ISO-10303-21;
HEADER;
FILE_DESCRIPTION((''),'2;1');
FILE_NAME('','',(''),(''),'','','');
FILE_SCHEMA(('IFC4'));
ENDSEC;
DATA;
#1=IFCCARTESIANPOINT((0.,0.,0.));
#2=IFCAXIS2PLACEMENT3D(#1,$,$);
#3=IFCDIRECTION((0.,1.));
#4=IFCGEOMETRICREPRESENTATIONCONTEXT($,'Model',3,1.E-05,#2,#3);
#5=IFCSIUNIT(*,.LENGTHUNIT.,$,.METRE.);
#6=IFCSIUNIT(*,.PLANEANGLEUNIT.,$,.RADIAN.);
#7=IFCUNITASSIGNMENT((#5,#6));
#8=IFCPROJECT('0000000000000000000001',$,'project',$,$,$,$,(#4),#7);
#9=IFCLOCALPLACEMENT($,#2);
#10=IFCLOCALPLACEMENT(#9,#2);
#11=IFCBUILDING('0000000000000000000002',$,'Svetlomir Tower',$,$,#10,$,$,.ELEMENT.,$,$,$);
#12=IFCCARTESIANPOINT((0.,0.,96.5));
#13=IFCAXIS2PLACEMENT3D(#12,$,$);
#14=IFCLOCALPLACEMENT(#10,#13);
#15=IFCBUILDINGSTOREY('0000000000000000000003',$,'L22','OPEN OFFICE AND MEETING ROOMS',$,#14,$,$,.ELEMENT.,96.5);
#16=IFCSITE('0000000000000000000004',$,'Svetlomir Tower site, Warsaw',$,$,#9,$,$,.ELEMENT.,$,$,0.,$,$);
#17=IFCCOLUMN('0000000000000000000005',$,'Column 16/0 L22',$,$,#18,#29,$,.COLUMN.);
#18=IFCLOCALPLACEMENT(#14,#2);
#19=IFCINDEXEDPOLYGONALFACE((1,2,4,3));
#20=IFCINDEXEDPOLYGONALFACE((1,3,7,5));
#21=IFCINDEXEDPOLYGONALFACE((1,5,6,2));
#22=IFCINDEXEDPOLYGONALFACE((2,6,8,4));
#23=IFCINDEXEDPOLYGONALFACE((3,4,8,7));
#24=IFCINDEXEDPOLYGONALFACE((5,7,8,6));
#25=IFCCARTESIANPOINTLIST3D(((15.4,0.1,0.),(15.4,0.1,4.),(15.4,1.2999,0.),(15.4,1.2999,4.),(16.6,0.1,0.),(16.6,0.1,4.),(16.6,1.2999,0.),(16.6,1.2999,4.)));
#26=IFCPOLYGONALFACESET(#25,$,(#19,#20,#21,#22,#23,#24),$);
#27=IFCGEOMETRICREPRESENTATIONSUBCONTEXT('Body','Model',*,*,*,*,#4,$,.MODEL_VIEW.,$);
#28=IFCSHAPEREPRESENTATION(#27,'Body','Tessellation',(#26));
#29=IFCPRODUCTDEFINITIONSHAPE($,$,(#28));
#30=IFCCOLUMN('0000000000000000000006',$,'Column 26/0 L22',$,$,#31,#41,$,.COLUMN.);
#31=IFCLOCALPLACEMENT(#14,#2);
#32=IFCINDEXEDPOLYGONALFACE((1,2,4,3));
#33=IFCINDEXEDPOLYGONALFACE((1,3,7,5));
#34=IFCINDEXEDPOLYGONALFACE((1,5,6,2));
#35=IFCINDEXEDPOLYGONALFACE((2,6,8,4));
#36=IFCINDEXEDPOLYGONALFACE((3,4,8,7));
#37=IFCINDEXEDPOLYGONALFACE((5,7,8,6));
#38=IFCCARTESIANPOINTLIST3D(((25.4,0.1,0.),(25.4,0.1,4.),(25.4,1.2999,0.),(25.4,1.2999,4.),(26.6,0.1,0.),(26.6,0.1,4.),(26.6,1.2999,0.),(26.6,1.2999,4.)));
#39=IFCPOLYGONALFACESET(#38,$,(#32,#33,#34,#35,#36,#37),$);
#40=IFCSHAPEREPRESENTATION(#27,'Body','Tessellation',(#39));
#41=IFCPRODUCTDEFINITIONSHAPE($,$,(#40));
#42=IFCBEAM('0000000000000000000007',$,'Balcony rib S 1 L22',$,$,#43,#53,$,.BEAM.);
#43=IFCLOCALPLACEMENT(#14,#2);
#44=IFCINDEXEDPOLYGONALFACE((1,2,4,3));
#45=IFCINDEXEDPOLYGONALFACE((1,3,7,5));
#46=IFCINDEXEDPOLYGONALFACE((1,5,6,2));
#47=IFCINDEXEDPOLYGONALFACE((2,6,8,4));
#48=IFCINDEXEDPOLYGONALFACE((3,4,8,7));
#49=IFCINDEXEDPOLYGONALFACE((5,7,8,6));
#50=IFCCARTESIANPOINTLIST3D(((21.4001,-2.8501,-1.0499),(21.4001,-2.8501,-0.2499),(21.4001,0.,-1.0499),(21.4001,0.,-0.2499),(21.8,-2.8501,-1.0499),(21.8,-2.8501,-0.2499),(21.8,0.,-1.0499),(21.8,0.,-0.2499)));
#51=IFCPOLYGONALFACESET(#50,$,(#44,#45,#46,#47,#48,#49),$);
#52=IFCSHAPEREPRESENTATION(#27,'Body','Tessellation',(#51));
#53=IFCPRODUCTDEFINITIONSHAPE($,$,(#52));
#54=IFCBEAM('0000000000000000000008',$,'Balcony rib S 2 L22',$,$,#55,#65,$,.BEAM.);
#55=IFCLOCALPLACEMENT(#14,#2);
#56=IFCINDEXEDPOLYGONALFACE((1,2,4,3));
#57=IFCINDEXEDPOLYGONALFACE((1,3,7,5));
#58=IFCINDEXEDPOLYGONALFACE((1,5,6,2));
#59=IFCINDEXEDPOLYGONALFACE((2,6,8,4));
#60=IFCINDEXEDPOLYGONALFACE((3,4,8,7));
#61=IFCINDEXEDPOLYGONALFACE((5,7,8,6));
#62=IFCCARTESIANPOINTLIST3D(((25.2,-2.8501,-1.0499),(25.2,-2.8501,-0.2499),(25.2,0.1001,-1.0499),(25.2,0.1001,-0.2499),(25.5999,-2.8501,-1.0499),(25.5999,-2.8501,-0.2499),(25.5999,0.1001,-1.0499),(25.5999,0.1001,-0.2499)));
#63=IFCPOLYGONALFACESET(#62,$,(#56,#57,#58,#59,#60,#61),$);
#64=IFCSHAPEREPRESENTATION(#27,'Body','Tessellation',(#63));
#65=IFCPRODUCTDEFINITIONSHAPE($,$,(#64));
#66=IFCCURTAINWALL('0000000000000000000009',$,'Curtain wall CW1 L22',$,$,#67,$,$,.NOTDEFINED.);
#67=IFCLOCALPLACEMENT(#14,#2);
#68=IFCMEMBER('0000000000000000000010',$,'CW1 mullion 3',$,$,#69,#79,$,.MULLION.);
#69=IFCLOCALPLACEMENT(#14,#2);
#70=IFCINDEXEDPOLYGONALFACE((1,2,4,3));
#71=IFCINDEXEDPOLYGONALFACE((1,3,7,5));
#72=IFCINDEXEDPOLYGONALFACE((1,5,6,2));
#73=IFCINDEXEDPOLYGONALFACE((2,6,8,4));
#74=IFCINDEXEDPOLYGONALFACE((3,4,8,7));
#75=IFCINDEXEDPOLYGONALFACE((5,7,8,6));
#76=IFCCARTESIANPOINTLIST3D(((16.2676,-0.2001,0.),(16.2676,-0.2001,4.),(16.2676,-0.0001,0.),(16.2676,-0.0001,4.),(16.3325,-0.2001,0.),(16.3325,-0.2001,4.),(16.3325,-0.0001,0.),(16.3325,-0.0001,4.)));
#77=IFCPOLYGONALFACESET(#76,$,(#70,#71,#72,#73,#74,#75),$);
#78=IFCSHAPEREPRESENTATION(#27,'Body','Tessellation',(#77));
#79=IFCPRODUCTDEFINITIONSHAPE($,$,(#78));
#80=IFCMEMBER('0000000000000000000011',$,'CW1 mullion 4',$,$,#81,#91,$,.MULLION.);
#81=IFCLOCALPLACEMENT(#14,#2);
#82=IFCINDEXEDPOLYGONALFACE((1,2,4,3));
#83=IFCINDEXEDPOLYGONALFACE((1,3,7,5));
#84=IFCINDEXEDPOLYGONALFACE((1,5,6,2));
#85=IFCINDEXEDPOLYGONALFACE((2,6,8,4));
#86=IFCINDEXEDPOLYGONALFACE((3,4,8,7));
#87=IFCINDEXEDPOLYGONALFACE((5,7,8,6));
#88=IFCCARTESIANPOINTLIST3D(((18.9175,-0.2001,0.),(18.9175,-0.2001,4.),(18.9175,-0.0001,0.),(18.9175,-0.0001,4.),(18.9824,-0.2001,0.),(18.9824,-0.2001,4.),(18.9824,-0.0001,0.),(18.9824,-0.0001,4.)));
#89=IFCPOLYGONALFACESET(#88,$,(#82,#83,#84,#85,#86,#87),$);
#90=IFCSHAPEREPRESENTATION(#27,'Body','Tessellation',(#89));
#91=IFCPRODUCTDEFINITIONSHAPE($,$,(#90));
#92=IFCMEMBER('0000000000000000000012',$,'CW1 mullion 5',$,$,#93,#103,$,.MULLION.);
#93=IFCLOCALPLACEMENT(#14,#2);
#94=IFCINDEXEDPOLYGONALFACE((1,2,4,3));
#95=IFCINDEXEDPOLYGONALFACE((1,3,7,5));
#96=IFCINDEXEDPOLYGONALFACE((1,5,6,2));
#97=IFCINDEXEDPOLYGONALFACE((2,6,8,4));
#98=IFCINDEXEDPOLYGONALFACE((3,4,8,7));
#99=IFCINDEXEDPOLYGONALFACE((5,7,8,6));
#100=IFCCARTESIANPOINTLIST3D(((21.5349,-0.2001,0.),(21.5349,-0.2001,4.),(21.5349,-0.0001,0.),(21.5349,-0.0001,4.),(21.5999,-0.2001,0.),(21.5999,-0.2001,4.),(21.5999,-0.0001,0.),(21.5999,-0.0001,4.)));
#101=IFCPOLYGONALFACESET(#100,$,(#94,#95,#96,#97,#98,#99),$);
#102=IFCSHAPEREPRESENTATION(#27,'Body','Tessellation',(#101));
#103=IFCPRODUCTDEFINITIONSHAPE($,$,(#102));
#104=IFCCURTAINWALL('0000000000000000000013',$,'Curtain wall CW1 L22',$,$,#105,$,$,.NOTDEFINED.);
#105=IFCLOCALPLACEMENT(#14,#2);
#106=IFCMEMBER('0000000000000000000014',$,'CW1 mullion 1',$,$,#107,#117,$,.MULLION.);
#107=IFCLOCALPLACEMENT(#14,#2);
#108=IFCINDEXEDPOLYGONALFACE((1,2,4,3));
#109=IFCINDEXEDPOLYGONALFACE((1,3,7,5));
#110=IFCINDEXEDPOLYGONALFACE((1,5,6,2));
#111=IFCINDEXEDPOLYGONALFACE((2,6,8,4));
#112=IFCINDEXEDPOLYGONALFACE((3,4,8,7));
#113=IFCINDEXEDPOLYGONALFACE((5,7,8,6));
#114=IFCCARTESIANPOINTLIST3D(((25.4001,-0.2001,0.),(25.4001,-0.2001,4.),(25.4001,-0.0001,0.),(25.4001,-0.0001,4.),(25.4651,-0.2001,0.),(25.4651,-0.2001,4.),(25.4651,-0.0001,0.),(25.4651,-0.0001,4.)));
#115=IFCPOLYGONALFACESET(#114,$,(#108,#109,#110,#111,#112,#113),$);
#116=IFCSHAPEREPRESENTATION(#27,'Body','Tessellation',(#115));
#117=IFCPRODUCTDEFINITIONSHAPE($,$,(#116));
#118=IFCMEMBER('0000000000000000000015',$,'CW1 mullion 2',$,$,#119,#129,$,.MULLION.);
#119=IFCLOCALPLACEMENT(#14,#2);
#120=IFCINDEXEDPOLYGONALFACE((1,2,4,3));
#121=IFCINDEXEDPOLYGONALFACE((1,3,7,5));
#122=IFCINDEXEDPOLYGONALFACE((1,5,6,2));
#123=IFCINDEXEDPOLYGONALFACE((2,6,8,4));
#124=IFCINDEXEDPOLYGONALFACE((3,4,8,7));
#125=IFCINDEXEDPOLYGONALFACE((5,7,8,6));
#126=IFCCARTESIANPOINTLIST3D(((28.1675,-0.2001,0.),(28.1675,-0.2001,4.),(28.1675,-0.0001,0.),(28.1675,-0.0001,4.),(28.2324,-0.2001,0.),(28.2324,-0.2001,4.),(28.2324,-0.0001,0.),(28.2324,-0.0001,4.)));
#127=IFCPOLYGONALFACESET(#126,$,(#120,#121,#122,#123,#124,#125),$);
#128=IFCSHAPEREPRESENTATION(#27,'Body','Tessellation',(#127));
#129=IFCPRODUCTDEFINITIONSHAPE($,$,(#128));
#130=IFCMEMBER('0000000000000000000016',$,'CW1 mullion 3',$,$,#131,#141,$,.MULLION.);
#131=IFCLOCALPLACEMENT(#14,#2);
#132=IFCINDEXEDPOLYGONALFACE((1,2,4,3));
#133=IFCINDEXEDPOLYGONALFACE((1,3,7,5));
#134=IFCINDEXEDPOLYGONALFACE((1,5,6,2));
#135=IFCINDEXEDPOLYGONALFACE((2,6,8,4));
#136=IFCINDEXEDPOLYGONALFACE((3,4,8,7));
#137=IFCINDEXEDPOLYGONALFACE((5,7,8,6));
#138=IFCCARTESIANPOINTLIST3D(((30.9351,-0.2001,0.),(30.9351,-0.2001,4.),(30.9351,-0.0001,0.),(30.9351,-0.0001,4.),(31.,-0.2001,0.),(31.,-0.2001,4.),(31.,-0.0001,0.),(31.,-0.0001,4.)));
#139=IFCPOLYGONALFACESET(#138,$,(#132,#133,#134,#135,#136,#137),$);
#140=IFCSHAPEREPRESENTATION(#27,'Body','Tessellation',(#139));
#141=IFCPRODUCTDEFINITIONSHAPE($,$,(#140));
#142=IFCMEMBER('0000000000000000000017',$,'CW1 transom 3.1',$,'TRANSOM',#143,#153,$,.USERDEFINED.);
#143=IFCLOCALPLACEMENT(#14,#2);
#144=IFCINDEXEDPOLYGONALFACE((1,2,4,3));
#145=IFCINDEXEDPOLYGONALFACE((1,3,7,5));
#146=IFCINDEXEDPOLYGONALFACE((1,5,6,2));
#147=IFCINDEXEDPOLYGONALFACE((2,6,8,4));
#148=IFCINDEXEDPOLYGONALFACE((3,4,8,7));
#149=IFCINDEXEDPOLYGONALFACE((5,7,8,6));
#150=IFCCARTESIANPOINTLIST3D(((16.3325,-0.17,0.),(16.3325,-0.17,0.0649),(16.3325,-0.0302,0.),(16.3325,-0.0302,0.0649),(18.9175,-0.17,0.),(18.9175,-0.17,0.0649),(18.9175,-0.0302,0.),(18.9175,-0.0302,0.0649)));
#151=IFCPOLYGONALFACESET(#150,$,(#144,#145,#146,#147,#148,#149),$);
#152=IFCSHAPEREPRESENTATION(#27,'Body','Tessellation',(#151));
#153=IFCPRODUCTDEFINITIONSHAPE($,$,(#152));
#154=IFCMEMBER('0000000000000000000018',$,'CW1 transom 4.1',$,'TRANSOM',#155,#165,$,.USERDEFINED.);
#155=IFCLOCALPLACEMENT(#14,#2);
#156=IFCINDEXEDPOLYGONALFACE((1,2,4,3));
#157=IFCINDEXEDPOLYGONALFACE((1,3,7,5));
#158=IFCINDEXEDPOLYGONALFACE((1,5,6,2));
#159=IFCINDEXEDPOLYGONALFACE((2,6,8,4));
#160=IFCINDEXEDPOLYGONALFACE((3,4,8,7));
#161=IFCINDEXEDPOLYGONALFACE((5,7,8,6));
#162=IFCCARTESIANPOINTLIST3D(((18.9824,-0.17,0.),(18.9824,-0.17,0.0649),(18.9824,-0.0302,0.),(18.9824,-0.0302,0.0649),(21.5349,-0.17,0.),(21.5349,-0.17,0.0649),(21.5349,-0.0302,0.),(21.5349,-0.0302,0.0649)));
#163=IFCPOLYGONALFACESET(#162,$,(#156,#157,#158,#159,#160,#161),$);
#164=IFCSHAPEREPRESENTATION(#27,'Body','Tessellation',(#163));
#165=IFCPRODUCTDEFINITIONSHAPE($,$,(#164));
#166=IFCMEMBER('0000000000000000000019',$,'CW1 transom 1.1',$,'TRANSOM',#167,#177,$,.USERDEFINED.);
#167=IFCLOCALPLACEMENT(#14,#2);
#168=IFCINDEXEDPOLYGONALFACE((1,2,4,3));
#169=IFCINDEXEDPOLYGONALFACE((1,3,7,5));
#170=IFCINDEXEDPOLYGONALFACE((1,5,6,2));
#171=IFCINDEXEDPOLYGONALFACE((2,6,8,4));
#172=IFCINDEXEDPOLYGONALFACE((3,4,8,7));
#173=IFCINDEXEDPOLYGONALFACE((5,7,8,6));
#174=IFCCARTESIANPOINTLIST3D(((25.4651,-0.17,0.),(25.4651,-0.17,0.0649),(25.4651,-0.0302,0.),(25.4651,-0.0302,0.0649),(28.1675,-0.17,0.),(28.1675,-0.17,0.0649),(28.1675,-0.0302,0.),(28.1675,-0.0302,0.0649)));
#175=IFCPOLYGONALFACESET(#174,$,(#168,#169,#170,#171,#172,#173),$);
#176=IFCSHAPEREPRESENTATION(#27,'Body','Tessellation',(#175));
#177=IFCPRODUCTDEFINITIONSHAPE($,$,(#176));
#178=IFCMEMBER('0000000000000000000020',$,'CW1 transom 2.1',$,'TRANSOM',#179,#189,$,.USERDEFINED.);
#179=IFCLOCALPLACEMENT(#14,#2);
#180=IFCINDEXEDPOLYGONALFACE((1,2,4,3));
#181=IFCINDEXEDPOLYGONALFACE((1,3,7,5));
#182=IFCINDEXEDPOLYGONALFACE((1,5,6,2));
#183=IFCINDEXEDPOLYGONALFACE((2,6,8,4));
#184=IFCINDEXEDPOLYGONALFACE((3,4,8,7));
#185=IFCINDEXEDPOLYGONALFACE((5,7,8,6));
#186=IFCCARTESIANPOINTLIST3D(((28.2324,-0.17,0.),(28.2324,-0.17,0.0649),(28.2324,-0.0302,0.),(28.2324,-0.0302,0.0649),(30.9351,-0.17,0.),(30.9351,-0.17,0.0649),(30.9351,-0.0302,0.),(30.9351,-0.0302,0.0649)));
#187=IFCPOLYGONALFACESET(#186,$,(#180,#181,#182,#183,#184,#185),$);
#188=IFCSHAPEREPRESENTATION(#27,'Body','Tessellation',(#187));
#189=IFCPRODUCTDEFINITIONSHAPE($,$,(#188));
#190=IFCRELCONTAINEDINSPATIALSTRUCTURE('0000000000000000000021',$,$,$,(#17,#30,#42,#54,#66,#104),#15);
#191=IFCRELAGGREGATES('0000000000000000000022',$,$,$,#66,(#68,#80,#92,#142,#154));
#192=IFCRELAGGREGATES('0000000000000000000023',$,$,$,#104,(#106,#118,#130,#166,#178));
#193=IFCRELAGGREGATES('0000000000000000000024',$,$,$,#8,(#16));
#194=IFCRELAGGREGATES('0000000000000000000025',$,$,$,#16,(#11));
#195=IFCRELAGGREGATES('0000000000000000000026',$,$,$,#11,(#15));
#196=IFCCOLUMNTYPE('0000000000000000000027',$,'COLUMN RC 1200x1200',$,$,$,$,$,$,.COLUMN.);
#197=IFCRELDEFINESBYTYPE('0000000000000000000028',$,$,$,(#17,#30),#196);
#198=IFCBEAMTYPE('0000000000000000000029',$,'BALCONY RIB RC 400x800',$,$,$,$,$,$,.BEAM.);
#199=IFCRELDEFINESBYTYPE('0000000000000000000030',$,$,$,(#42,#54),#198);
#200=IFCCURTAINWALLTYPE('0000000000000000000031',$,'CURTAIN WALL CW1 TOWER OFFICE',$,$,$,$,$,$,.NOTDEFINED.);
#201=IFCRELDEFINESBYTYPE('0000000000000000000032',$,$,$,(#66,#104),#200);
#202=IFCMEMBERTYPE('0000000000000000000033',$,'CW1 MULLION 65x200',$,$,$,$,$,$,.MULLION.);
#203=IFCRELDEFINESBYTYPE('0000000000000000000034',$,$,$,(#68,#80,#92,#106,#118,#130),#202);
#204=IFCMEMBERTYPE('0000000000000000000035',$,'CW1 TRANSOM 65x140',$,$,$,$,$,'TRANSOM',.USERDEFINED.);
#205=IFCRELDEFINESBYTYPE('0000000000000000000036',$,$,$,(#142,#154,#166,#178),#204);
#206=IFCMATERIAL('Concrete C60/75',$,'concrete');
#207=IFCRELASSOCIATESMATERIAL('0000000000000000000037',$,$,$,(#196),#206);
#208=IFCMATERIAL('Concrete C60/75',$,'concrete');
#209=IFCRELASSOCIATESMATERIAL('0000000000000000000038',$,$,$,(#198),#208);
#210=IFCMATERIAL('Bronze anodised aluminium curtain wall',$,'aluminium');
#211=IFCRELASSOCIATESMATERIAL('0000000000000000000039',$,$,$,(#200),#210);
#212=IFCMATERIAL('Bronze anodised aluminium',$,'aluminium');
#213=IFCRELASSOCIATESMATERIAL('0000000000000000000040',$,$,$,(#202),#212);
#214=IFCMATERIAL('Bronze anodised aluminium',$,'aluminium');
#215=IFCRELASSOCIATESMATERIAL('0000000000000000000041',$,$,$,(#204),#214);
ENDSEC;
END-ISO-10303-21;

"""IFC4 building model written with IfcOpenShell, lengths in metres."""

from ifc_helpers import new_model, si_unit, direction, frame, origin, origin_2d, place, context, subcontext, project, spatial, rectangle, extrude, material, material_profile, profile_set, type_object, element, aggregate, save


model = new_model("IFC4")

# Units and contexts
model_context = context("Model", 3, precision=1e-05, world=origin(), true_north=direction((0.0, 1.0)))
body_context = subcontext(model_context, "Body", "Model", "MODEL_VIEW")
ifc_project = project(units=[si_unit("LENGTHUNIT", "METRE"), si_unit("PLANEANGLEUNIT", "RADIAN")], contexts=[model_context])

# Site, building, storey
site_placement = place(None, origin())
site = spatial("IfcSite", under=ifc_project, at=site_placement, Name="Svetlomir Tower site, Warsaw", CompositionType="ELEMENT", RefElevation=0.0)
building_placement = place(site_placement, origin())
building = spatial("IfcBuilding", under=site, at=building_placement, Name="Svetlomir Tower", CompositionType="ELEMENT")
storey_placement = place(building_placement, frame((0.0, 0.0, 96.5)))
storey = spatial("IfcBuildingStorey", under=building, at=storey_placement, Name="L22", Description="OPEN OFFICE AND MEETING ROOMS", CompositionType="ELEMENT", Elevation=96.5)

# Columns
ifc_material_1 = material(Name="Concrete C60/75", Category="concrete")
ifc_material_profile_1 = material_profile(ifc_material_1, rectangle(XDim=1.2, YDim=1.2, at=origin_2d()), Name="RC 1200x1200")
ifc_profile_set_1 = profile_set([ifc_material_profile_1], Name="Concrete C60/75")
column_type = type_object("IfcColumnType", Name="COLUMN RC 1200x1200", PredefinedType="COLUMN", material=ifc_profile_set_1)
for number, where, z_axis, x_axis, name in (
    (1, (16.0, 0.7, 0.0), (0.0, 0.0, 1.0), (1.0, 0.0, 0.0), "Column 16/0 L22"),
    (2, (26.0, 0.7, 0.0), (0.0, 0.0, 1.0), (1.0, 0.0, 0.0), "Column 26/0 L22"),
):
    element("IfcColumn", number, at=place(storey_placement, frame(where, z_axis=z_axis, x_axis=x_axis)), inside=storey, type_object=column_type, Name=name, PredefinedType="COLUMN", context=body_context, shape_type="SweptSolid", body=[
        extrude(rectangle(XDim=1.2, YDim=1.2, at=origin_2d()), origin(), (0.0, 0.0, 1.0), 4.0),
    ])

# Beams
ifc_material_2 = material(Name="Concrete C60/75", Category="concrete")
ifc_material_profile_2 = material_profile(ifc_material_2, rectangle(XDim=0.3999, YDim=0.8, at=origin_2d()), Name="RC 400x800")
ifc_profile_set_2 = profile_set([ifc_material_profile_2], Name="Concrete C60/75")
beam_type_1 = type_object("IfcBeamType", Name="BALCONY RIB RC 400x800", PredefinedType="BEAM", material=ifc_profile_set_2)
beam_1_placement = place(storey_placement, frame((21.6001, 0.0, -0.6499), z_axis=(0.0, -1.0, 0.0), x_axis=(1.0, 0.0, 0.0)))
element("IfcBeam", 3, at=beam_1_placement, inside=storey, type_object=beam_type_1, Name="Balcony rib S 1 L22", PredefinedType="BEAM", context=body_context, shape_type="SweptSolid", body=[
    extrude(rectangle(XDim=0.3999, YDim=0.8, at=origin_2d()), origin(), (0.0, 0.0, 1.0), 2.8501),
])
beam_2_placement = place(storey_placement, frame((25.3999, 0.1001, -0.6499), z_axis=(0.0, -1.0, 0.0), x_axis=(1.0, 0.0, 0.0)))
element("IfcBeam", 4, at=beam_2_placement, inside=storey, type_object=beam_type_1, Name="Balcony rib S 2 L22", PredefinedType="BEAM", context=body_context, shape_type="SweptSolid", body=[
    extrude(rectangle(XDim=0.3999, YDim=0.8, at=origin_2d()), origin(), (0.0, 0.0, 1.0), 2.9502),
])

# Curtain walls, members
ifc_material_3 = material(Name="Bronze anodised aluminium curtain wall", Category="aluminium")
curtain_wall_type = type_object("IfcCurtainWallType", Name="CURTAIN WALL CW1 TOWER OFFICE", PredefinedType="NOTDEFINED", material=ifc_material_3)
curtain_wall_1_placement = place(storey_placement, origin())
curtain_wall_1 = element("IfcCurtainWall", 5, at=curtain_wall_1_placement, inside=storey, type_object=curtain_wall_type, Name="Curtain wall CW1 L22", PredefinedType="NOTDEFINED")
ifc_material_4 = material(Name="Bronze anodised aluminium", Category="aluminium")
ifc_material_profile_3 = material_profile(ifc_material_4, rectangle(XDim=0.0649, YDim=0.2, at=origin_2d()), Name="AL 65x200")
ifc_profile_set_3 = profile_set([ifc_material_profile_3], Name="Bronze anodised aluminium 6063-T6")
member_type_1 = type_object("IfcMemberType", Name="CW1 MULLION 65x200", PredefinedType="MULLION", material=ifc_profile_set_3)
member_1_placement = place(storey_placement, frame((16.3, -0.1001, 0.0), z_axis=(0.0, 0.0, 1.0), x_axis=(1.0, 0.0, 0.0)))
member_1 = element("IfcMember", 6, at=member_1_placement, type_object=member_type_1, Name="CW1 mullion 3", PredefinedType="MULLION", context=body_context, shape_type="SweptSolid", body=[
    extrude(rectangle(XDim=0.0649, YDim=0.2, at=origin_2d()), origin(), (0.0, 0.0, 1.0), 4.0),
])
member_2_placement = place(storey_placement, frame((18.95, -0.1001, 0.0), z_axis=(0.0, 0.0, 1.0), x_axis=(1.0, 0.0, 0.0)))
member_2 = element("IfcMember", 7, at=member_2_placement, type_object=member_type_1, Name="CW1 mullion 4", PredefinedType="MULLION", context=body_context, shape_type="SweptSolid", body=[
    extrude(rectangle(XDim=0.0649, YDim=0.2, at=origin_2d()), origin(), (0.0, 0.0, 1.0), 4.0),
])
member_3_placement = place(storey_placement, frame((21.5674, -0.1001, 0.0), z_axis=(0.0, 0.0, 1.0), x_axis=(1.0, 0.0, 0.0)))
member_3 = element("IfcMember", 8, at=member_3_placement, type_object=member_type_1, Name="CW1 mullion 5", PredefinedType="MULLION", context=body_context, shape_type="SweptSolid", body=[
    extrude(rectangle(XDim=0.0649, YDim=0.2, at=origin_2d()), origin(), (0.0, 0.0, 1.0), 4.0),
])
curtain_wall_2_placement = place(storey_placement, origin())
curtain_wall_2 = element("IfcCurtainWall", 9, at=curtain_wall_2_placement, inside=storey, type_object=curtain_wall_type, Name="Curtain wall CW1 L22", PredefinedType="NOTDEFINED")
member_4_placement = place(storey_placement, frame((25.4326, -0.1001, 0.0), z_axis=(0.0, 0.0, 1.0), x_axis=(1.0, 0.0, 0.0)))
member_4 = element("IfcMember", 10, at=member_4_placement, type_object=member_type_1, Name="CW1 mullion 1", PredefinedType="MULLION", context=body_context, shape_type="SweptSolid", body=[
    extrude(rectangle(XDim=0.0649, YDim=0.2, at=origin_2d()), origin(), (0.0, 0.0, 1.0), 4.0),
])
member_5_placement = place(storey_placement, frame((28.2, -0.1001, 0.0), z_axis=(0.0, 0.0, 1.0), x_axis=(1.0, 0.0, 0.0)))
member_5 = element("IfcMember", 11, at=member_5_placement, type_object=member_type_1, Name="CW1 mullion 2", PredefinedType="MULLION", context=body_context, shape_type="SweptSolid", body=[
    extrude(rectangle(XDim=0.0649, YDim=0.2, at=origin_2d()), origin(), (0.0, 0.0, 1.0), 4.0),
])
member_6_placement = place(storey_placement, frame((30.9675, -0.1001, 0.0), z_axis=(0.0, 0.0, 1.0), x_axis=(1.0, 0.0, 0.0)))
member_6 = element("IfcMember", 12, at=member_6_placement, type_object=member_type_1, Name="CW1 mullion 3", PredefinedType="MULLION", context=body_context, shape_type="SweptSolid", body=[
    extrude(rectangle(XDim=0.0649, YDim=0.2, at=origin_2d()), origin(), (0.0, 0.0, 1.0), 4.0),
])

# Members
ifc_material_5 = material(Name="Bronze anodised aluminium", Category="aluminium")
ifc_material_profile_4 = material_profile(ifc_material_5, rectangle(XDim=0.1399, YDim=0.0649, at=origin_2d()), Name="AL 140x65")
ifc_profile_set_4 = profile_set([ifc_material_profile_4], Name="Bronze anodised aluminium 6063-T6")
member_type_2 = type_object("IfcMemberType", Name="CW1 TRANSOM 65x140", ElementType="TRANSOM", PredefinedType="USERDEFINED", material=ifc_profile_set_4)
member_7_placement = place(storey_placement, frame((16.3325, -0.1001, 0.0325), z_axis=(1.0, 0.0, 0.0), x_axis=(0.0, 1.0, 0.0)))
member_7 = element("IfcMember", 13, at=member_7_placement, type_object=member_type_2, Name="CW1 transom 3.1", ObjectType="TRANSOM", PredefinedType="USERDEFINED", context=body_context, shape_type="SweptSolid", body=[
    extrude(rectangle(XDim=0.1399, YDim=0.0649, at=origin_2d()), origin(), (0.0, 0.0, 1.0), 2.585),
])
member_8_placement = place(storey_placement, frame((18.9824, -0.1001, 0.0325), z_axis=(1.0, 0.0, 0.0), x_axis=(0.0, 1.0, 0.0)))
member_8 = element("IfcMember", 14, at=member_8_placement, type_object=member_type_2, Name="CW1 transom 4.1", ObjectType="TRANSOM", PredefinedType="USERDEFINED", context=body_context, shape_type="SweptSolid", body=[
    extrude(rectangle(XDim=0.1399, YDim=0.0649, at=origin_2d()), origin(), (0.0, 0.0, 1.0), 2.5525),
])
member_9_placement = place(storey_placement, frame((25.4651, -0.1001, 0.0325), z_axis=(1.0, 0.0, 0.0), x_axis=(0.0, 1.0, 0.0)))
member_9 = element("IfcMember", 15, at=member_9_placement, type_object=member_type_2, Name="CW1 transom 1.1", ObjectType="TRANSOM", PredefinedType="USERDEFINED", context=body_context, shape_type="SweptSolid", body=[
    extrude(rectangle(XDim=0.1399, YDim=0.0649, at=origin_2d()), origin(), (0.0, 0.0, 1.0), 2.7024),
])
member_10_placement = place(storey_placement, frame((28.2324, -0.1001, 0.0325), z_axis=(1.0, 0.0, 0.0), x_axis=(0.0, 1.0, 0.0)))
member_10 = element("IfcMember", 16, at=member_10_placement, type_object=member_type_2, Name="CW1 transom 2.1", ObjectType="TRANSOM", PredefinedType="USERDEFINED", context=body_context, shape_type="SweptSolid", body=[
    extrude(rectangle(XDim=0.1399, YDim=0.0649, at=origin_2d()), origin(), (0.0, 0.0, 1.0), 2.7026),
])

aggregate(curtain_wall_1, [member_1, member_2, member_3, member_7, member_8])
aggregate(curtain_wall_2, [member_4, member_5, member_6, member_9, member_10])

save(model, "model.ifc")
